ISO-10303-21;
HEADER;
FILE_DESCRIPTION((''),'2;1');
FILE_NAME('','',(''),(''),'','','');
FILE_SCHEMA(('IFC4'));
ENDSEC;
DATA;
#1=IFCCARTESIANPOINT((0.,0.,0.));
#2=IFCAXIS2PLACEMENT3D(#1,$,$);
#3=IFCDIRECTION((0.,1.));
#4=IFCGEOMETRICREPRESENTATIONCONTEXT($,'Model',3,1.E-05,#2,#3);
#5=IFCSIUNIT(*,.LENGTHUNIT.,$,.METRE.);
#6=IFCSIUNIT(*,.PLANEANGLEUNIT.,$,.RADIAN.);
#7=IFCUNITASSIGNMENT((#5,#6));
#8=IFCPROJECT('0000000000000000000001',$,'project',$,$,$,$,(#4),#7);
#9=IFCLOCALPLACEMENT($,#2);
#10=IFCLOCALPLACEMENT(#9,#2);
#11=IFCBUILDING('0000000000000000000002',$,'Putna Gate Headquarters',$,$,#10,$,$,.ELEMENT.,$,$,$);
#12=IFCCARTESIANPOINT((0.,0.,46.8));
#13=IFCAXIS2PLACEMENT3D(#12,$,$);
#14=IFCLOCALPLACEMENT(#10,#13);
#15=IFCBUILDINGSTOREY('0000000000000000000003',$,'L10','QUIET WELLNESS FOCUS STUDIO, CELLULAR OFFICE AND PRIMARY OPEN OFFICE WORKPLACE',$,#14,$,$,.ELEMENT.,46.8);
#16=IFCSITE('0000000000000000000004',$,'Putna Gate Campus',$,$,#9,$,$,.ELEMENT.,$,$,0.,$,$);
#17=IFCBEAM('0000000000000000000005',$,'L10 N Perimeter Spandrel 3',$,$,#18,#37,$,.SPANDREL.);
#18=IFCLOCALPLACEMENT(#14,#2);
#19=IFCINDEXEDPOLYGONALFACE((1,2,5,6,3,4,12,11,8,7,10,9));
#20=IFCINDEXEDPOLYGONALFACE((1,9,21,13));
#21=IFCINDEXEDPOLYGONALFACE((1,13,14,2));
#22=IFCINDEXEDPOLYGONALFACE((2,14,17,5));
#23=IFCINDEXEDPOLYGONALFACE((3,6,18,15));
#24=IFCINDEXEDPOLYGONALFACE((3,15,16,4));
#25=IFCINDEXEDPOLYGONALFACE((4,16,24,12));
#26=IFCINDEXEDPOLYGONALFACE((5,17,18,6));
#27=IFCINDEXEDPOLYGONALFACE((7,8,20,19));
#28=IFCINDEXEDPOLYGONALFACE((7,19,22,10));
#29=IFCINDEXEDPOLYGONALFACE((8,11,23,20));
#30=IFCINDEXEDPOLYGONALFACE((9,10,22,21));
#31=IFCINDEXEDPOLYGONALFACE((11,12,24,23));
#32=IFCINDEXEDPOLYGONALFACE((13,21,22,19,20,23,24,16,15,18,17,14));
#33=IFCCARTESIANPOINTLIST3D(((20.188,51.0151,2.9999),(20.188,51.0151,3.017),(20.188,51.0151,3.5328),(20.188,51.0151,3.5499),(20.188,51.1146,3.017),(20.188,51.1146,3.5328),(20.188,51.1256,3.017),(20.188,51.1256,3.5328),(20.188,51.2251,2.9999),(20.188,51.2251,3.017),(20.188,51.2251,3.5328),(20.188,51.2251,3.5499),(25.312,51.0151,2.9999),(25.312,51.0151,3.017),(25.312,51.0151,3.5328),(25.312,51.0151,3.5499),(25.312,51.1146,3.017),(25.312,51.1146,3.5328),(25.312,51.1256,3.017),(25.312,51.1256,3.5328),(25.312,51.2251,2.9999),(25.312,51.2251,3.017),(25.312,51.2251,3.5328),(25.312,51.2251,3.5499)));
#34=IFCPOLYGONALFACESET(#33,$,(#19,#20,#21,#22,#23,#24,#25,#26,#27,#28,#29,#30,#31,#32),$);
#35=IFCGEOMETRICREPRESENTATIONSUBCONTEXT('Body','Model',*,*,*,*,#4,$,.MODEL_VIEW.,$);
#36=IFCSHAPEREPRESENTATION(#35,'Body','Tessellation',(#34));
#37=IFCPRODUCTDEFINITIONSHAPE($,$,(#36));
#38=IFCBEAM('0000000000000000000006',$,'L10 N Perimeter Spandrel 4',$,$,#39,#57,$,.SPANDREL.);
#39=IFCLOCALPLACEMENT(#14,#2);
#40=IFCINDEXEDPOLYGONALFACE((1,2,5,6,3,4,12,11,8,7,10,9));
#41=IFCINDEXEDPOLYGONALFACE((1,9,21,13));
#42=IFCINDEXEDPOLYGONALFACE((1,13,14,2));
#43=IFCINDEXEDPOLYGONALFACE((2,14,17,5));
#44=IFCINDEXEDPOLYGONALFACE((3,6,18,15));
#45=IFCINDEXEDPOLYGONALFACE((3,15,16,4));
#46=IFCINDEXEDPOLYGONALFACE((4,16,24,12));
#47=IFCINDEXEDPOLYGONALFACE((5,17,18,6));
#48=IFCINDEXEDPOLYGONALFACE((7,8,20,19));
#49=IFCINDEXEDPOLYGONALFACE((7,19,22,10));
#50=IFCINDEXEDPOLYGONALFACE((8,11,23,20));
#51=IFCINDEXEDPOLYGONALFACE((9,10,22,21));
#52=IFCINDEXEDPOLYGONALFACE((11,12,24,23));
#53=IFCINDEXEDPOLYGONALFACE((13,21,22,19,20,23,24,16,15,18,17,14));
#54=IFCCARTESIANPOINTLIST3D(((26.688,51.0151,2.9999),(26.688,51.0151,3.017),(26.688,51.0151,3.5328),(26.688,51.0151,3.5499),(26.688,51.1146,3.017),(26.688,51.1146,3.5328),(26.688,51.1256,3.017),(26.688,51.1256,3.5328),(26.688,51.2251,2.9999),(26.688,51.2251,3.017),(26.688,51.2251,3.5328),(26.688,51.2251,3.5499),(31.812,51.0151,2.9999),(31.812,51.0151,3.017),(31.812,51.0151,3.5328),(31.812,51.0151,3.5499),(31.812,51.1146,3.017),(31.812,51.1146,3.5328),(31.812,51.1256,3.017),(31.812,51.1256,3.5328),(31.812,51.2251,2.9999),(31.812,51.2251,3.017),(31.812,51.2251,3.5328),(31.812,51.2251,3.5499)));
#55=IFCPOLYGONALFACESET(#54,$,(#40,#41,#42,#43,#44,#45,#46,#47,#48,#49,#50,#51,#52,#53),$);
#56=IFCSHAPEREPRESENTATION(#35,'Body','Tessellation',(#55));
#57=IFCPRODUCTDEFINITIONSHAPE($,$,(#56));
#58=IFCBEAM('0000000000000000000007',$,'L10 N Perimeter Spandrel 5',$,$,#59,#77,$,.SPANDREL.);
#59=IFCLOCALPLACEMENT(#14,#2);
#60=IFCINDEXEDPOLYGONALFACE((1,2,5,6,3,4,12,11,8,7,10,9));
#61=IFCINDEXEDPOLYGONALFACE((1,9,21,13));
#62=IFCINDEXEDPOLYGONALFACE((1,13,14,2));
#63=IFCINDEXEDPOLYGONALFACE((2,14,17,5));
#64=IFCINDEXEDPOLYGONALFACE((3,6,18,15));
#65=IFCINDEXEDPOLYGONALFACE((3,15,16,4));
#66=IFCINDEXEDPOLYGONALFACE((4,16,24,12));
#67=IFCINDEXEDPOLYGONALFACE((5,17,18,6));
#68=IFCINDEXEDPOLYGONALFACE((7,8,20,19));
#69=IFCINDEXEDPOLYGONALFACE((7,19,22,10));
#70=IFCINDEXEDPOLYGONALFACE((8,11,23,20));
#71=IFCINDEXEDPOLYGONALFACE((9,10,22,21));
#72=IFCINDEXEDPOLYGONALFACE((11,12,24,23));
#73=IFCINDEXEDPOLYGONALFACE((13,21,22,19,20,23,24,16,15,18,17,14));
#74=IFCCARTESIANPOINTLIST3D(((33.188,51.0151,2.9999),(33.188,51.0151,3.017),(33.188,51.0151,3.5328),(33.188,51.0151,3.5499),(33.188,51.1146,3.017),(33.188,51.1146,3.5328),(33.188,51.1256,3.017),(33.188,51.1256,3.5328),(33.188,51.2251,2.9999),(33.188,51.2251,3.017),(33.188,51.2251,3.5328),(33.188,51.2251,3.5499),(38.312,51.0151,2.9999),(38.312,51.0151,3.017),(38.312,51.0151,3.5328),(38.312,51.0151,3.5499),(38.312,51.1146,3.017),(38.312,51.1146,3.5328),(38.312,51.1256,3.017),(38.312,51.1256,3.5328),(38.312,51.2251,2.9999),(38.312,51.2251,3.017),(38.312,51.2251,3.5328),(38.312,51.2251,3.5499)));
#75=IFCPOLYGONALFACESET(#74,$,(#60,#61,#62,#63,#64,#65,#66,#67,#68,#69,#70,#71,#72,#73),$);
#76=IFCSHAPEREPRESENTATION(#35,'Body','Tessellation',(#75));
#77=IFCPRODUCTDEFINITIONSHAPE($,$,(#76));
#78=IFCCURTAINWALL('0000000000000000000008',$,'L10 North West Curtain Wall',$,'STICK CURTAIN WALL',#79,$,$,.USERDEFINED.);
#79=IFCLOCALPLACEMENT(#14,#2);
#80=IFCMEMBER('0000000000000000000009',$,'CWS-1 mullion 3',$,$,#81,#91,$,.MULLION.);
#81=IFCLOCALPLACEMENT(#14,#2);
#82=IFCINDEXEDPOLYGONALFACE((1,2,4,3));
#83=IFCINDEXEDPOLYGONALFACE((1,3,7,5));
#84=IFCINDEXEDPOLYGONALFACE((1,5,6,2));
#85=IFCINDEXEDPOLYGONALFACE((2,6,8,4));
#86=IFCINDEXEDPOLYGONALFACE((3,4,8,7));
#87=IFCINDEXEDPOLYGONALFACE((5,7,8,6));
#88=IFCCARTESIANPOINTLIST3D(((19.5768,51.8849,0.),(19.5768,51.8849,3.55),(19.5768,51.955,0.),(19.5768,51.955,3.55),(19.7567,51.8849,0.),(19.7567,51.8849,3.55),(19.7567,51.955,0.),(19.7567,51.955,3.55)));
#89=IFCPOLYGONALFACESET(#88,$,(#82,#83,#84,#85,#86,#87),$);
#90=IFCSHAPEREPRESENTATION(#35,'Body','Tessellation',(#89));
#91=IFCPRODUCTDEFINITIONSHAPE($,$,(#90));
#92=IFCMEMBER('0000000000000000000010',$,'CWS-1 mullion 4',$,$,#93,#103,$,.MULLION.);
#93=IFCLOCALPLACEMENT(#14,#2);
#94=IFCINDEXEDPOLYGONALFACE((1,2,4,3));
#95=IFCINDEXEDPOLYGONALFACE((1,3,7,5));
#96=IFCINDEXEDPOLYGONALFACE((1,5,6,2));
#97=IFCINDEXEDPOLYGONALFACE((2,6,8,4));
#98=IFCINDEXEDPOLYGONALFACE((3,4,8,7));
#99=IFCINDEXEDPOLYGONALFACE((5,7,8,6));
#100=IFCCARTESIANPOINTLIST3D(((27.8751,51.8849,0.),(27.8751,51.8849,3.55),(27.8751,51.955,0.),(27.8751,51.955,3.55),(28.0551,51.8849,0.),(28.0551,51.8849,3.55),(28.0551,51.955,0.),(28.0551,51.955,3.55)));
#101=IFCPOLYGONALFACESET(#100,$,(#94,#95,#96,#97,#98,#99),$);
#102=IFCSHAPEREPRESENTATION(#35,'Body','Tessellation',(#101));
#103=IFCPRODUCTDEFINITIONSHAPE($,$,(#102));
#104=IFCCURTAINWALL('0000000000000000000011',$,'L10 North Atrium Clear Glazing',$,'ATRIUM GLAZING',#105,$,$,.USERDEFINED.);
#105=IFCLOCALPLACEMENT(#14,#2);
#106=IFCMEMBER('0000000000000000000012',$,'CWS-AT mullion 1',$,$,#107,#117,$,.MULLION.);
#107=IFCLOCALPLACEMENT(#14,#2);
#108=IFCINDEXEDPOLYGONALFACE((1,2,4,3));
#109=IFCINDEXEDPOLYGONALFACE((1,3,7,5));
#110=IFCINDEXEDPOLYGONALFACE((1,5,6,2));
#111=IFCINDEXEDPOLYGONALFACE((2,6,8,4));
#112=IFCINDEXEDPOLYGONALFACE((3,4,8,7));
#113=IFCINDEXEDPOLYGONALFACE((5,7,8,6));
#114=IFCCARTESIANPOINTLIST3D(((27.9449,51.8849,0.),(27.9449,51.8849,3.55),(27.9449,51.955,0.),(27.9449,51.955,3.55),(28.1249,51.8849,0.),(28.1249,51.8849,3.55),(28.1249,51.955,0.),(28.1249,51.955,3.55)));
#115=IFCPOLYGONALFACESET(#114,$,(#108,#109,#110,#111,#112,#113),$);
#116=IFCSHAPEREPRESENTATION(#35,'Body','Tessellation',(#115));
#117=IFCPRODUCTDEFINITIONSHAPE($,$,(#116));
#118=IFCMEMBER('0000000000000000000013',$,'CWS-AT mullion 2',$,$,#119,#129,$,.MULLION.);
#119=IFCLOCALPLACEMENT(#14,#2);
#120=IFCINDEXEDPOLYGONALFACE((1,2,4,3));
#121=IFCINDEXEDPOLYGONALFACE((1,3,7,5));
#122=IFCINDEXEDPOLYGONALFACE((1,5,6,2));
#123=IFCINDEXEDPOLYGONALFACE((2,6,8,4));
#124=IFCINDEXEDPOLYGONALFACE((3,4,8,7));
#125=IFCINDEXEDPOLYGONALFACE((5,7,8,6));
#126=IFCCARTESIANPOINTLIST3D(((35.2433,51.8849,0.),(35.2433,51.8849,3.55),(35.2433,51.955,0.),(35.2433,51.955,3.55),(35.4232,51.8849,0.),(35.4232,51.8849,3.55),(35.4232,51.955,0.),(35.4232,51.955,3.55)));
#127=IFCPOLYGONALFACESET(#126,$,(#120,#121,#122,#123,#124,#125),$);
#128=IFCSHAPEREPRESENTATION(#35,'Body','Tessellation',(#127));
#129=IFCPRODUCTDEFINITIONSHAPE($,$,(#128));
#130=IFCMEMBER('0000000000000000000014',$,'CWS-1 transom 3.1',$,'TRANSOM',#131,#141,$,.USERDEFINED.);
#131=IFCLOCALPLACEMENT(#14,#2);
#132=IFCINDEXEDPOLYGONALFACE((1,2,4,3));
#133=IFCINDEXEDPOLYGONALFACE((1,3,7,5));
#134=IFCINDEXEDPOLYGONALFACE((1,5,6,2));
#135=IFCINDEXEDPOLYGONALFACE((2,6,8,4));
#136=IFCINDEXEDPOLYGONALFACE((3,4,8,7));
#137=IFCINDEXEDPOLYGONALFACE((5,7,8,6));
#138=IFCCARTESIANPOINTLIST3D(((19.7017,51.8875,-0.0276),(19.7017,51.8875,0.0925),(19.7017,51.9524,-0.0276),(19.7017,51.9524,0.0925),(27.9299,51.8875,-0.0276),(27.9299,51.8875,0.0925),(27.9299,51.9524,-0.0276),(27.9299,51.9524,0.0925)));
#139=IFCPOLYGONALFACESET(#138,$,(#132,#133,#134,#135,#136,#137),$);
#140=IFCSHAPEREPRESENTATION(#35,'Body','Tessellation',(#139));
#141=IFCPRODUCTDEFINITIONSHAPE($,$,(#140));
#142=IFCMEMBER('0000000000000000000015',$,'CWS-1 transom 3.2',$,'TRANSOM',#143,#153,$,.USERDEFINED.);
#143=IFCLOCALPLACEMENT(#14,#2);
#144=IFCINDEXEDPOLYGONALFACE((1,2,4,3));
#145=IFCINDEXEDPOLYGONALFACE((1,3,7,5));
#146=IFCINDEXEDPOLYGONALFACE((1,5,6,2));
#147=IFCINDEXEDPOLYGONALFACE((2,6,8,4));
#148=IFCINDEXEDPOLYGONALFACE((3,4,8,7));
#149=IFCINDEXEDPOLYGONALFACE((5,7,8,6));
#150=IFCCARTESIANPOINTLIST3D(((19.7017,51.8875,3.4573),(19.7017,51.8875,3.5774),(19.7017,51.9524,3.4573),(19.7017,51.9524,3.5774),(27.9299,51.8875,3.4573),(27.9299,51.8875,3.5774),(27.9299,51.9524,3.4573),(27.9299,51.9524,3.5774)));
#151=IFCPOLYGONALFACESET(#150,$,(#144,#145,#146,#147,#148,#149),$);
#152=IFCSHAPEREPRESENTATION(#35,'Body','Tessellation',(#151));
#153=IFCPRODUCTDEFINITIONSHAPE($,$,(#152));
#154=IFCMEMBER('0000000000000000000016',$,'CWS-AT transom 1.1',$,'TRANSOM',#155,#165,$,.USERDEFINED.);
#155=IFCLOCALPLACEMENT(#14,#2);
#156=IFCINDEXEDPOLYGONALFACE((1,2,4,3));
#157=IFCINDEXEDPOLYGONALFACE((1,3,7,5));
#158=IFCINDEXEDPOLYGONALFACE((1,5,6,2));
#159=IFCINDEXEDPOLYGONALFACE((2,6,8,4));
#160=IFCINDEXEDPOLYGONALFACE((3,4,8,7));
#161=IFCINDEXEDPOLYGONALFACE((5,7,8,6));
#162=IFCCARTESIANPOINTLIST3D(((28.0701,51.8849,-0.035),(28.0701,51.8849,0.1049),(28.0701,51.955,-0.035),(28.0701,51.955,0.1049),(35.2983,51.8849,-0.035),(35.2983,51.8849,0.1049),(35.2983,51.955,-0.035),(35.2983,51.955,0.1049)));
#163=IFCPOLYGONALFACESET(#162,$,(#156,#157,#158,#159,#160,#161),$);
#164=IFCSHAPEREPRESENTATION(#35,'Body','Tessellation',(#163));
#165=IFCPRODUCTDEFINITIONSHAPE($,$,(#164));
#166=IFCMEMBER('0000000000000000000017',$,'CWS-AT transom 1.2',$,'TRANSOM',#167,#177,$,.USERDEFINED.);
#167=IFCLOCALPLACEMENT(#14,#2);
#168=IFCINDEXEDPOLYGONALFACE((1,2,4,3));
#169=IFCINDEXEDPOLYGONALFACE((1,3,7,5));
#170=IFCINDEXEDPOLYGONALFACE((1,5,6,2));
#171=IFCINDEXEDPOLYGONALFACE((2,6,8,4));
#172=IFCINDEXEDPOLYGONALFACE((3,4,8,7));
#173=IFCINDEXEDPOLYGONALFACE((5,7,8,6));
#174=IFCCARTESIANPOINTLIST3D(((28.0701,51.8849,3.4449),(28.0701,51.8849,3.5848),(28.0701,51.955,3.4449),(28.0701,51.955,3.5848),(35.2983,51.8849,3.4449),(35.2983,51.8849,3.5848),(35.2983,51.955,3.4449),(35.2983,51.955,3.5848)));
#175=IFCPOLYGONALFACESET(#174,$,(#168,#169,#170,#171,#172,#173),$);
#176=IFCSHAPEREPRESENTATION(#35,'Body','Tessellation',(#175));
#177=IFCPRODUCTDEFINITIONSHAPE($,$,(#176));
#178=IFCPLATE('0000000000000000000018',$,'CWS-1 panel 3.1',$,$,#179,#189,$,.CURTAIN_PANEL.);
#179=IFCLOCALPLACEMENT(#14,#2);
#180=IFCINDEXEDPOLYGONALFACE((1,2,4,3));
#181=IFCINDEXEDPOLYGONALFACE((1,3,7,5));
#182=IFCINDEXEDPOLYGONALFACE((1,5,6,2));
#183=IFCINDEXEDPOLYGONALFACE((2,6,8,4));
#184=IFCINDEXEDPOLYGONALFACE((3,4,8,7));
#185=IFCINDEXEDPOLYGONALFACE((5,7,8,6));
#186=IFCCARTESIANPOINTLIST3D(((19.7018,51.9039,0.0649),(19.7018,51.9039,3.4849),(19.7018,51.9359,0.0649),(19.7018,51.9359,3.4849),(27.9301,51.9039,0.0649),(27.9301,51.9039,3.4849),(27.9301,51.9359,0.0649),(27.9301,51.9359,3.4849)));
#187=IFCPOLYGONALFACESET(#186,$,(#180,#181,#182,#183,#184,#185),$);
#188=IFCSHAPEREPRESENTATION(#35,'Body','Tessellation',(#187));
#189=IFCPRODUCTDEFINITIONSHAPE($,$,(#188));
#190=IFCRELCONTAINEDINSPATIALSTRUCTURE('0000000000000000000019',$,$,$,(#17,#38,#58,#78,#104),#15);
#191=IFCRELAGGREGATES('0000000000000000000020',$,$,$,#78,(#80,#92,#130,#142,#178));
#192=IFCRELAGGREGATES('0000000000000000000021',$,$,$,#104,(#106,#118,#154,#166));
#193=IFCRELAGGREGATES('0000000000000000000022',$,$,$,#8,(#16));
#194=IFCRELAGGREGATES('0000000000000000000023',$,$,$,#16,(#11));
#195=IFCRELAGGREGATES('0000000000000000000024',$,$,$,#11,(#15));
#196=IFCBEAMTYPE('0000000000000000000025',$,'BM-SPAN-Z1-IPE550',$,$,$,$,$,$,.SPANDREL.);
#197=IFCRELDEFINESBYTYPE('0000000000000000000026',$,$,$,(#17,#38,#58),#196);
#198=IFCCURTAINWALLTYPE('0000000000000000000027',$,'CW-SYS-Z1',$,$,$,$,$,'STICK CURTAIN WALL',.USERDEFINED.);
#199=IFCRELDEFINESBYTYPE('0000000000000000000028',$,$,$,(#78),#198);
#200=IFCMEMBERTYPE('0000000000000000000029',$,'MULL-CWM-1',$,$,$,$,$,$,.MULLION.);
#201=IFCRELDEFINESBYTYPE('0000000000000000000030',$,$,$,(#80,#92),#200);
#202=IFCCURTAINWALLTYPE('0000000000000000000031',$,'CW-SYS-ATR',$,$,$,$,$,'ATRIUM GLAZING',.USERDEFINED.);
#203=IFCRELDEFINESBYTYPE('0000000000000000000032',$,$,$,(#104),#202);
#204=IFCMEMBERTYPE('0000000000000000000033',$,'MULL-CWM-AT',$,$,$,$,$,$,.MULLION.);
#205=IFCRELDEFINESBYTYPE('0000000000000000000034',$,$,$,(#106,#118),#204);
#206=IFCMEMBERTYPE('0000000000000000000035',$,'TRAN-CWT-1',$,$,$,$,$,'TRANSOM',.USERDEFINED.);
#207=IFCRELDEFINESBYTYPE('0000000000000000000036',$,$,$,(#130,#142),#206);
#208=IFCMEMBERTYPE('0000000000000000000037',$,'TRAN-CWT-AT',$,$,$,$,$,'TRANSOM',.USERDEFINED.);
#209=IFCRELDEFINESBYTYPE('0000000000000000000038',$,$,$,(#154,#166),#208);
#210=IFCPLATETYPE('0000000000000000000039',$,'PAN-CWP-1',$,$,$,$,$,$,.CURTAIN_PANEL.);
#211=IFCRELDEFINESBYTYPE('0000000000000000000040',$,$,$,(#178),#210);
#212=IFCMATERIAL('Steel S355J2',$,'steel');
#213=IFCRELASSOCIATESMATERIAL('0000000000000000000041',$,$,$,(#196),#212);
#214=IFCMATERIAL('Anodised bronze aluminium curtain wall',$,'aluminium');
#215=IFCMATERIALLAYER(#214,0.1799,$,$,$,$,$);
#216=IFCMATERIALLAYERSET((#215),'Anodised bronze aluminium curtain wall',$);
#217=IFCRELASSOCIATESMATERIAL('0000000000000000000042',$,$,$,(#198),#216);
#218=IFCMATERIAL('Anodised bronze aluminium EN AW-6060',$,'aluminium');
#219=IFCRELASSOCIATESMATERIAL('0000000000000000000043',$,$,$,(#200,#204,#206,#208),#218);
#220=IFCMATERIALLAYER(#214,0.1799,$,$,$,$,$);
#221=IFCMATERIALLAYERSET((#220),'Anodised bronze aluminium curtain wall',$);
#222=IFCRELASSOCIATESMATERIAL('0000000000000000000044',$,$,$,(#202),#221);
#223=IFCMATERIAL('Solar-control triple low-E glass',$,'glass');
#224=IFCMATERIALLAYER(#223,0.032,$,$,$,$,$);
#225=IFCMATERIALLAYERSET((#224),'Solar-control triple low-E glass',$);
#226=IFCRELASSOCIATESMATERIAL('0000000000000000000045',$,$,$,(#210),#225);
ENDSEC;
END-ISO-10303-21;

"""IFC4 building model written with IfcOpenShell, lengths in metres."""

from ifc_helpers import new_model, si_unit, direction, frame, origin, origin_2d, place, context, subcontext, project, spatial, rectangle, i_section, extrude, material, layer, layer_set, material_profile, profile_set, type_object, element, aggregate, save


model = new_model("IFC4")

# Units and contexts
model_context = context("Model", 3, precision=1e-05, world=origin(), true_north=direction((0.0, 1.0)))
body_context = subcontext(model_context, "Body", "Model", "MODEL_VIEW")
ifc_project = project(units=[si_unit("LENGTHUNIT", "METRE"), si_unit("PLANEANGLEUNIT", "RADIAN")], contexts=[model_context])

# Site, building, storey
site_placement = place(None, origin())
site = spatial("IfcSite", under=ifc_project, at=site_placement, Name="Putna Gate Campus", CompositionType="ELEMENT", RefElevation=0.0)
building_placement = place(site_placement, origin())
building = spatial("IfcBuilding", under=site, at=building_placement, Name="Putna Gate Headquarters", CompositionType="ELEMENT")
storey_placement = place(building_placement, frame((0.0, 0.0, 46.8)))
storey = spatial("IfcBuildingStorey", under=building, at=storey_placement, Name="L10", Description="QUIET WELLNESS FOCUS STUDIO, CELLULAR OFFICE AND PRIMARY OPEN OFFICE WORKPLACE", CompositionType="ELEMENT", Elevation=46.8)

# Beams
ifc_material_1 = material(Name="Steel S355J2", Category="steel")
ifc_material_profile_1 = material_profile(ifc_material_1, i_section(OverallWidth=0.21, OverallDepth=0.55, WebThickness=0.011, FlangeThickness=0.0171, at=origin_2d()), Name="Steel S355J2")
ifc_profile_set_1 = profile_set([ifc_material_profile_1], Name="Steel S355J2")
beam_type_1 = type_object("IfcBeamType", Name="BM-SPAN-Z1-IPE550", PredefinedType="SPANDREL", material=ifc_profile_set_1)
for number, where, z_axis, x_axis, name in (
    (1, (20.188, 51.1201, 3.2749), (1.0, 0.0, 0.0), (0.0, 1.0, 0.0), "L10 N Perimeter Spandrel 3"),
    (2, (26.688, 51.1201, 3.2749), (1.0, 0.0, 0.0), (0.0, 1.0, 0.0), "L10 N Perimeter Spandrel 4"),
    (3, (33.188, 51.1201, 3.2749), (1.0, 0.0, 0.0), (0.0, 1.0, 0.0), "L10 N Perimeter Spandrel 5"),
):
    element("IfcBeam", number, at=place(storey_placement, frame(where, z_axis=z_axis, x_axis=x_axis)), inside=storey, type_object=beam_type_1, Name=name, PredefinedType="SPANDREL", context=body_context, shape_type="SweptSolid", body=[
        extrude(i_section(OverallWidth=0.21, OverallDepth=0.55, WebThickness=0.011, FlangeThickness=0.0171, at=origin_2d()), origin(), (0.0, 0.0, 1.0), 5.124),
    ])

# Curtain walls, members
ifc_material_2 = material(Name="Anodised bronze aluminium curtain wall", Category="aluminium")
ifc_layer_1 = layer(ifc_material_2, 0.1799)
ifc_layer_set_1 = layer_set([ifc_layer_1], Name="Anodised bronze aluminium curtain wall")
curtain_wall_type_1 = type_object("IfcCurtainWallType", Name="CW-SYS-Z1", ElementType="STICK CURTAIN WALL", PredefinedType="USERDEFINED", material=ifc_layer_set_1)
curtain_wall_1_placement = place(storey_placement, origin())
curtain_wall_1 = element("IfcCurtainWall", 4, at=curtain_wall_1_placement, inside=storey, type_object=curtain_wall_type_1, Name="L10 North West Curtain Wall", ObjectType="STICK CURTAIN WALL", PredefinedType="USERDEFINED")
ifc_material_3 = material(Name="Anodised bronze aluminium EN AW-6060", Category="aluminium")
ifc_material_profile_2 = material_profile(ifc_material_3, rectangle(XDim=0.0701, YDim=0.1799, at=origin_2d()), Name="Anodised bronze aluminium EN AW-6060")
ifc_profile_set_2 = profile_set([ifc_material_profile_2], Name="Anodised bronze aluminium EN AW-6060")
member_type_1 = type_object("IfcMemberType", Name="MULL-CWM-1", PredefinedType="MULLION", material=ifc_profile_set_2)
member_1_placement = place(storey_placement, frame((19.6667, 51.9199, 0.0), z_axis=(0.0, 0.0, 1.0), x_axis=(0.0, 1.0, 0.0)))
member_1 = element("IfcMember", 5, at=member_1_placement, type_object=member_type_1, Name="CWS-1 mullion 3", PredefinedType="MULLION", context=body_context, shape_type="SweptSolid", body=[
    extrude(rectangle(XDim=0.0701, YDim=0.1799, at=origin_2d()), origin(), (0.0, 0.0, 1.0), 3.55),
])
member_2_placement = place(storey_placement, frame((27.9651, 51.9199, 0.0), z_axis=(0.0, 0.0, 1.0), x_axis=(0.0, 1.0, 0.0)))
member_2 = element("IfcMember", 6, at=member_2_placement, type_object=member_type_1, Name="CWS-1 mullion 4", PredefinedType="MULLION", context=body_context, shape_type="SweptSolid", body=[
    extrude(rectangle(XDim=0.0701, YDim=0.1799, at=origin_2d()), origin(), (0.0, 0.0, 1.0), 3.55),
])
ifc_layer_2 = layer(ifc_material_2, 0.1799)
ifc_layer_set_2 = layer_set([ifc_layer_2], Name="Anodised bronze aluminium curtain wall")
curtain_wall_type_2 = type_object("IfcCurtainWallType", Name="CW-SYS-ATR", ElementType="ATRIUM GLAZING", PredefinedType="USERDEFINED", material=ifc_layer_set_2)
curtain_wall_2_placement = place(storey_placement, origin())
curtain_wall_2 = element("IfcCurtainWall", 7, at=curtain_wall_2_placement, inside=storey, type_object=curtain_wall_type_2, Name="L10 North Atrium Clear Glazing", ObjectType="ATRIUM GLAZING", PredefinedType="USERDEFINED")
ifc_material_profile_3 = material_profile(ifc_material_3, rectangle(XDim=0.0701, YDim=0.1799, at=origin_2d()), Name="Anodised bronze aluminium EN AW-6060")
ifc_profile_set_3 = profile_set([ifc_material_profile_3], Name="Anodised bronze aluminium EN AW-6060")
member_type_2 = type_object("IfcMemberType", Name="MULL-CWM-AT", PredefinedType="MULLION", material=ifc_profile_set_3)
member_3_placement = place(storey_placement, frame((28.0349, 51.9199, 0.0), z_axis=(0.0, 0.0, 1.0), x_axis=(0.0, 1.0, 0.0)))
member_3 = element("IfcMember", 8, at=member_3_placement, type_object=member_type_2, Name="CWS-AT mullion 1", PredefinedType="MULLION", context=body_context, shape_type="SweptSolid", body=[
    extrude(rectangle(XDim=0.0701, YDim=0.1799, at=origin_2d()), origin(), (0.0, 0.0, 1.0), 3.55),
])
member_4_placement = place(storey_placement, frame((35.3333, 51.9199, 0.0), z_axis=(0.0, 0.0, 1.0), x_axis=(0.0, 1.0, 0.0)))
member_4 = element("IfcMember", 9, at=member_4_placement, type_object=member_type_2, Name="CWS-AT mullion 2", PredefinedType="MULLION", context=body_context, shape_type="SweptSolid", body=[
    extrude(rectangle(XDim=0.0701, YDim=0.1799, at=origin_2d()), origin(), (0.0, 0.0, 1.0), 3.55),
])

# Members
ifc_material_profile_4 = material_profile(ifc_material_3, rectangle(XDim=0.0649, YDim=0.1201, at=origin_2d()), Name="Anodised bronze aluminium EN AW-6060")
ifc_profile_set_4 = profile_set([ifc_material_profile_4], Name="Anodised bronze aluminium EN AW-6060")
member_type_3 = type_object("IfcMemberType", Name="TRAN-CWT-1", ElementType="TRANSOM", PredefinedType="USERDEFINED", material=ifc_profile_set_4)
member_5_placement = place(storey_placement, frame((19.7017, 51.9199, 0.0325), z_axis=(1.0, 0.0, 0.0), x_axis=(0.0, 1.0, 0.0)))
member_5 = element("IfcMember", 10, at=member_5_placement, type_object=member_type_3, Name="CWS-1 transom 3.1", ObjectType="TRANSOM", PredefinedType="USERDEFINED", context=body_context, shape_type="SweptSolid", body=[
    extrude(rectangle(XDim=0.0649, YDim=0.1201, at=origin_2d()), origin(), (0.0, 0.0, 1.0), 8.2283),
])
member_6_placement = place(storey_placement, frame((19.7017, 51.9199, 3.5173), z_axis=(1.0, 0.0, 0.0), x_axis=(0.0, 1.0, 0.0)))
member_6 = element("IfcMember", 11, at=member_6_placement, type_object=member_type_3, Name="CWS-1 transom 3.2", ObjectType="TRANSOM", PredefinedType="USERDEFINED", context=body_context, shape_type="SweptSolid", body=[
    extrude(rectangle(XDim=0.0649, YDim=0.1201, at=origin_2d()), origin(), (0.0, 0.0, 1.0), 8.2283),
])
ifc_material_profile_5 = material_profile(ifc_material_3, rectangle(XDim=0.0701, YDim=0.1399, at=origin_2d()), Name="Anodised bronze aluminium EN AW-6060")
ifc_profile_set_5 = profile_set([ifc_material_profile_5], Name="Anodised bronze aluminium EN AW-6060")
member_type_4 = type_object("IfcMemberType", Name="TRAN-CWT-AT", ElementType="TRANSOM", PredefinedType="USERDEFINED", material=ifc_profile_set_5)
member_7_placement = place(storey_placement, frame((28.0701, 51.9199, 0.0349), z_axis=(1.0, 0.0, 0.0), x_axis=(0.0, 1.0, 0.0)))
member_7 = element("IfcMember", 12, at=member_7_placement, type_object=member_type_4, Name="CWS-AT transom 1.1", ObjectType="TRANSOM", PredefinedType="USERDEFINED", context=body_context, shape_type="SweptSolid", body=[
    extrude(rectangle(XDim=0.0701, YDim=0.1399, at=origin_2d()), origin(), (0.0, 0.0, 1.0), 7.2283),
])
member_8_placement = place(storey_placement, frame((28.0701, 51.9199, 3.5149), z_axis=(1.0, 0.0, 0.0), x_axis=(0.0, 1.0, 0.0)))
member_8 = element("IfcMember", 13, at=member_8_placement, type_object=member_type_4, Name="CWS-AT transom 1.2", ObjectType="TRANSOM", PredefinedType="USERDEFINED", context=body_context, shape_type="SweptSolid", body=[
    extrude(rectangle(XDim=0.0701, YDim=0.1399, at=origin_2d()), origin(), (0.0, 0.0, 1.0), 7.2283),
])

# Plate
ifc_material_4 = material(Name="Solar-control triple low-E glass", Category="glass")
ifc_layer_3 = layer(ifc_material_4, 0.032)
ifc_layer_set_3 = layer_set([ifc_layer_3], Name="Solar-control triple low-E glass")
plate_type_1 = type_object("IfcPlateType", Name="PAN-CWP-1", PredefinedType="CURTAIN_PANEL", material=ifc_layer_set_3)
plate_1_placement = place(storey_placement, frame((23.8159, 51.9199, 0.0649), z_axis=(0.0, 0.0, 1.0), x_axis=(1.0, 0.0, 0.0)))
plate_1 = element("IfcPlate", 14, at=plate_1_placement, type_object=plate_type_1, Name="CWS-1 panel 3.1", PredefinedType="CURTAIN_PANEL", context=body_context, shape_type="SweptSolid", body=[
    extrude(rectangle(XDim=8.2283, YDim=0.032, at=origin_2d()), origin(), (0.0, 0.0, 1.0), 3.4199),
])
aggregate(curtain_wall_1, [member_1, member_2, member_5, member_6, plate_1])
aggregate(curtain_wall_2, [member_3, member_4, member_7, member_8])

save(model, "model.ifc")
